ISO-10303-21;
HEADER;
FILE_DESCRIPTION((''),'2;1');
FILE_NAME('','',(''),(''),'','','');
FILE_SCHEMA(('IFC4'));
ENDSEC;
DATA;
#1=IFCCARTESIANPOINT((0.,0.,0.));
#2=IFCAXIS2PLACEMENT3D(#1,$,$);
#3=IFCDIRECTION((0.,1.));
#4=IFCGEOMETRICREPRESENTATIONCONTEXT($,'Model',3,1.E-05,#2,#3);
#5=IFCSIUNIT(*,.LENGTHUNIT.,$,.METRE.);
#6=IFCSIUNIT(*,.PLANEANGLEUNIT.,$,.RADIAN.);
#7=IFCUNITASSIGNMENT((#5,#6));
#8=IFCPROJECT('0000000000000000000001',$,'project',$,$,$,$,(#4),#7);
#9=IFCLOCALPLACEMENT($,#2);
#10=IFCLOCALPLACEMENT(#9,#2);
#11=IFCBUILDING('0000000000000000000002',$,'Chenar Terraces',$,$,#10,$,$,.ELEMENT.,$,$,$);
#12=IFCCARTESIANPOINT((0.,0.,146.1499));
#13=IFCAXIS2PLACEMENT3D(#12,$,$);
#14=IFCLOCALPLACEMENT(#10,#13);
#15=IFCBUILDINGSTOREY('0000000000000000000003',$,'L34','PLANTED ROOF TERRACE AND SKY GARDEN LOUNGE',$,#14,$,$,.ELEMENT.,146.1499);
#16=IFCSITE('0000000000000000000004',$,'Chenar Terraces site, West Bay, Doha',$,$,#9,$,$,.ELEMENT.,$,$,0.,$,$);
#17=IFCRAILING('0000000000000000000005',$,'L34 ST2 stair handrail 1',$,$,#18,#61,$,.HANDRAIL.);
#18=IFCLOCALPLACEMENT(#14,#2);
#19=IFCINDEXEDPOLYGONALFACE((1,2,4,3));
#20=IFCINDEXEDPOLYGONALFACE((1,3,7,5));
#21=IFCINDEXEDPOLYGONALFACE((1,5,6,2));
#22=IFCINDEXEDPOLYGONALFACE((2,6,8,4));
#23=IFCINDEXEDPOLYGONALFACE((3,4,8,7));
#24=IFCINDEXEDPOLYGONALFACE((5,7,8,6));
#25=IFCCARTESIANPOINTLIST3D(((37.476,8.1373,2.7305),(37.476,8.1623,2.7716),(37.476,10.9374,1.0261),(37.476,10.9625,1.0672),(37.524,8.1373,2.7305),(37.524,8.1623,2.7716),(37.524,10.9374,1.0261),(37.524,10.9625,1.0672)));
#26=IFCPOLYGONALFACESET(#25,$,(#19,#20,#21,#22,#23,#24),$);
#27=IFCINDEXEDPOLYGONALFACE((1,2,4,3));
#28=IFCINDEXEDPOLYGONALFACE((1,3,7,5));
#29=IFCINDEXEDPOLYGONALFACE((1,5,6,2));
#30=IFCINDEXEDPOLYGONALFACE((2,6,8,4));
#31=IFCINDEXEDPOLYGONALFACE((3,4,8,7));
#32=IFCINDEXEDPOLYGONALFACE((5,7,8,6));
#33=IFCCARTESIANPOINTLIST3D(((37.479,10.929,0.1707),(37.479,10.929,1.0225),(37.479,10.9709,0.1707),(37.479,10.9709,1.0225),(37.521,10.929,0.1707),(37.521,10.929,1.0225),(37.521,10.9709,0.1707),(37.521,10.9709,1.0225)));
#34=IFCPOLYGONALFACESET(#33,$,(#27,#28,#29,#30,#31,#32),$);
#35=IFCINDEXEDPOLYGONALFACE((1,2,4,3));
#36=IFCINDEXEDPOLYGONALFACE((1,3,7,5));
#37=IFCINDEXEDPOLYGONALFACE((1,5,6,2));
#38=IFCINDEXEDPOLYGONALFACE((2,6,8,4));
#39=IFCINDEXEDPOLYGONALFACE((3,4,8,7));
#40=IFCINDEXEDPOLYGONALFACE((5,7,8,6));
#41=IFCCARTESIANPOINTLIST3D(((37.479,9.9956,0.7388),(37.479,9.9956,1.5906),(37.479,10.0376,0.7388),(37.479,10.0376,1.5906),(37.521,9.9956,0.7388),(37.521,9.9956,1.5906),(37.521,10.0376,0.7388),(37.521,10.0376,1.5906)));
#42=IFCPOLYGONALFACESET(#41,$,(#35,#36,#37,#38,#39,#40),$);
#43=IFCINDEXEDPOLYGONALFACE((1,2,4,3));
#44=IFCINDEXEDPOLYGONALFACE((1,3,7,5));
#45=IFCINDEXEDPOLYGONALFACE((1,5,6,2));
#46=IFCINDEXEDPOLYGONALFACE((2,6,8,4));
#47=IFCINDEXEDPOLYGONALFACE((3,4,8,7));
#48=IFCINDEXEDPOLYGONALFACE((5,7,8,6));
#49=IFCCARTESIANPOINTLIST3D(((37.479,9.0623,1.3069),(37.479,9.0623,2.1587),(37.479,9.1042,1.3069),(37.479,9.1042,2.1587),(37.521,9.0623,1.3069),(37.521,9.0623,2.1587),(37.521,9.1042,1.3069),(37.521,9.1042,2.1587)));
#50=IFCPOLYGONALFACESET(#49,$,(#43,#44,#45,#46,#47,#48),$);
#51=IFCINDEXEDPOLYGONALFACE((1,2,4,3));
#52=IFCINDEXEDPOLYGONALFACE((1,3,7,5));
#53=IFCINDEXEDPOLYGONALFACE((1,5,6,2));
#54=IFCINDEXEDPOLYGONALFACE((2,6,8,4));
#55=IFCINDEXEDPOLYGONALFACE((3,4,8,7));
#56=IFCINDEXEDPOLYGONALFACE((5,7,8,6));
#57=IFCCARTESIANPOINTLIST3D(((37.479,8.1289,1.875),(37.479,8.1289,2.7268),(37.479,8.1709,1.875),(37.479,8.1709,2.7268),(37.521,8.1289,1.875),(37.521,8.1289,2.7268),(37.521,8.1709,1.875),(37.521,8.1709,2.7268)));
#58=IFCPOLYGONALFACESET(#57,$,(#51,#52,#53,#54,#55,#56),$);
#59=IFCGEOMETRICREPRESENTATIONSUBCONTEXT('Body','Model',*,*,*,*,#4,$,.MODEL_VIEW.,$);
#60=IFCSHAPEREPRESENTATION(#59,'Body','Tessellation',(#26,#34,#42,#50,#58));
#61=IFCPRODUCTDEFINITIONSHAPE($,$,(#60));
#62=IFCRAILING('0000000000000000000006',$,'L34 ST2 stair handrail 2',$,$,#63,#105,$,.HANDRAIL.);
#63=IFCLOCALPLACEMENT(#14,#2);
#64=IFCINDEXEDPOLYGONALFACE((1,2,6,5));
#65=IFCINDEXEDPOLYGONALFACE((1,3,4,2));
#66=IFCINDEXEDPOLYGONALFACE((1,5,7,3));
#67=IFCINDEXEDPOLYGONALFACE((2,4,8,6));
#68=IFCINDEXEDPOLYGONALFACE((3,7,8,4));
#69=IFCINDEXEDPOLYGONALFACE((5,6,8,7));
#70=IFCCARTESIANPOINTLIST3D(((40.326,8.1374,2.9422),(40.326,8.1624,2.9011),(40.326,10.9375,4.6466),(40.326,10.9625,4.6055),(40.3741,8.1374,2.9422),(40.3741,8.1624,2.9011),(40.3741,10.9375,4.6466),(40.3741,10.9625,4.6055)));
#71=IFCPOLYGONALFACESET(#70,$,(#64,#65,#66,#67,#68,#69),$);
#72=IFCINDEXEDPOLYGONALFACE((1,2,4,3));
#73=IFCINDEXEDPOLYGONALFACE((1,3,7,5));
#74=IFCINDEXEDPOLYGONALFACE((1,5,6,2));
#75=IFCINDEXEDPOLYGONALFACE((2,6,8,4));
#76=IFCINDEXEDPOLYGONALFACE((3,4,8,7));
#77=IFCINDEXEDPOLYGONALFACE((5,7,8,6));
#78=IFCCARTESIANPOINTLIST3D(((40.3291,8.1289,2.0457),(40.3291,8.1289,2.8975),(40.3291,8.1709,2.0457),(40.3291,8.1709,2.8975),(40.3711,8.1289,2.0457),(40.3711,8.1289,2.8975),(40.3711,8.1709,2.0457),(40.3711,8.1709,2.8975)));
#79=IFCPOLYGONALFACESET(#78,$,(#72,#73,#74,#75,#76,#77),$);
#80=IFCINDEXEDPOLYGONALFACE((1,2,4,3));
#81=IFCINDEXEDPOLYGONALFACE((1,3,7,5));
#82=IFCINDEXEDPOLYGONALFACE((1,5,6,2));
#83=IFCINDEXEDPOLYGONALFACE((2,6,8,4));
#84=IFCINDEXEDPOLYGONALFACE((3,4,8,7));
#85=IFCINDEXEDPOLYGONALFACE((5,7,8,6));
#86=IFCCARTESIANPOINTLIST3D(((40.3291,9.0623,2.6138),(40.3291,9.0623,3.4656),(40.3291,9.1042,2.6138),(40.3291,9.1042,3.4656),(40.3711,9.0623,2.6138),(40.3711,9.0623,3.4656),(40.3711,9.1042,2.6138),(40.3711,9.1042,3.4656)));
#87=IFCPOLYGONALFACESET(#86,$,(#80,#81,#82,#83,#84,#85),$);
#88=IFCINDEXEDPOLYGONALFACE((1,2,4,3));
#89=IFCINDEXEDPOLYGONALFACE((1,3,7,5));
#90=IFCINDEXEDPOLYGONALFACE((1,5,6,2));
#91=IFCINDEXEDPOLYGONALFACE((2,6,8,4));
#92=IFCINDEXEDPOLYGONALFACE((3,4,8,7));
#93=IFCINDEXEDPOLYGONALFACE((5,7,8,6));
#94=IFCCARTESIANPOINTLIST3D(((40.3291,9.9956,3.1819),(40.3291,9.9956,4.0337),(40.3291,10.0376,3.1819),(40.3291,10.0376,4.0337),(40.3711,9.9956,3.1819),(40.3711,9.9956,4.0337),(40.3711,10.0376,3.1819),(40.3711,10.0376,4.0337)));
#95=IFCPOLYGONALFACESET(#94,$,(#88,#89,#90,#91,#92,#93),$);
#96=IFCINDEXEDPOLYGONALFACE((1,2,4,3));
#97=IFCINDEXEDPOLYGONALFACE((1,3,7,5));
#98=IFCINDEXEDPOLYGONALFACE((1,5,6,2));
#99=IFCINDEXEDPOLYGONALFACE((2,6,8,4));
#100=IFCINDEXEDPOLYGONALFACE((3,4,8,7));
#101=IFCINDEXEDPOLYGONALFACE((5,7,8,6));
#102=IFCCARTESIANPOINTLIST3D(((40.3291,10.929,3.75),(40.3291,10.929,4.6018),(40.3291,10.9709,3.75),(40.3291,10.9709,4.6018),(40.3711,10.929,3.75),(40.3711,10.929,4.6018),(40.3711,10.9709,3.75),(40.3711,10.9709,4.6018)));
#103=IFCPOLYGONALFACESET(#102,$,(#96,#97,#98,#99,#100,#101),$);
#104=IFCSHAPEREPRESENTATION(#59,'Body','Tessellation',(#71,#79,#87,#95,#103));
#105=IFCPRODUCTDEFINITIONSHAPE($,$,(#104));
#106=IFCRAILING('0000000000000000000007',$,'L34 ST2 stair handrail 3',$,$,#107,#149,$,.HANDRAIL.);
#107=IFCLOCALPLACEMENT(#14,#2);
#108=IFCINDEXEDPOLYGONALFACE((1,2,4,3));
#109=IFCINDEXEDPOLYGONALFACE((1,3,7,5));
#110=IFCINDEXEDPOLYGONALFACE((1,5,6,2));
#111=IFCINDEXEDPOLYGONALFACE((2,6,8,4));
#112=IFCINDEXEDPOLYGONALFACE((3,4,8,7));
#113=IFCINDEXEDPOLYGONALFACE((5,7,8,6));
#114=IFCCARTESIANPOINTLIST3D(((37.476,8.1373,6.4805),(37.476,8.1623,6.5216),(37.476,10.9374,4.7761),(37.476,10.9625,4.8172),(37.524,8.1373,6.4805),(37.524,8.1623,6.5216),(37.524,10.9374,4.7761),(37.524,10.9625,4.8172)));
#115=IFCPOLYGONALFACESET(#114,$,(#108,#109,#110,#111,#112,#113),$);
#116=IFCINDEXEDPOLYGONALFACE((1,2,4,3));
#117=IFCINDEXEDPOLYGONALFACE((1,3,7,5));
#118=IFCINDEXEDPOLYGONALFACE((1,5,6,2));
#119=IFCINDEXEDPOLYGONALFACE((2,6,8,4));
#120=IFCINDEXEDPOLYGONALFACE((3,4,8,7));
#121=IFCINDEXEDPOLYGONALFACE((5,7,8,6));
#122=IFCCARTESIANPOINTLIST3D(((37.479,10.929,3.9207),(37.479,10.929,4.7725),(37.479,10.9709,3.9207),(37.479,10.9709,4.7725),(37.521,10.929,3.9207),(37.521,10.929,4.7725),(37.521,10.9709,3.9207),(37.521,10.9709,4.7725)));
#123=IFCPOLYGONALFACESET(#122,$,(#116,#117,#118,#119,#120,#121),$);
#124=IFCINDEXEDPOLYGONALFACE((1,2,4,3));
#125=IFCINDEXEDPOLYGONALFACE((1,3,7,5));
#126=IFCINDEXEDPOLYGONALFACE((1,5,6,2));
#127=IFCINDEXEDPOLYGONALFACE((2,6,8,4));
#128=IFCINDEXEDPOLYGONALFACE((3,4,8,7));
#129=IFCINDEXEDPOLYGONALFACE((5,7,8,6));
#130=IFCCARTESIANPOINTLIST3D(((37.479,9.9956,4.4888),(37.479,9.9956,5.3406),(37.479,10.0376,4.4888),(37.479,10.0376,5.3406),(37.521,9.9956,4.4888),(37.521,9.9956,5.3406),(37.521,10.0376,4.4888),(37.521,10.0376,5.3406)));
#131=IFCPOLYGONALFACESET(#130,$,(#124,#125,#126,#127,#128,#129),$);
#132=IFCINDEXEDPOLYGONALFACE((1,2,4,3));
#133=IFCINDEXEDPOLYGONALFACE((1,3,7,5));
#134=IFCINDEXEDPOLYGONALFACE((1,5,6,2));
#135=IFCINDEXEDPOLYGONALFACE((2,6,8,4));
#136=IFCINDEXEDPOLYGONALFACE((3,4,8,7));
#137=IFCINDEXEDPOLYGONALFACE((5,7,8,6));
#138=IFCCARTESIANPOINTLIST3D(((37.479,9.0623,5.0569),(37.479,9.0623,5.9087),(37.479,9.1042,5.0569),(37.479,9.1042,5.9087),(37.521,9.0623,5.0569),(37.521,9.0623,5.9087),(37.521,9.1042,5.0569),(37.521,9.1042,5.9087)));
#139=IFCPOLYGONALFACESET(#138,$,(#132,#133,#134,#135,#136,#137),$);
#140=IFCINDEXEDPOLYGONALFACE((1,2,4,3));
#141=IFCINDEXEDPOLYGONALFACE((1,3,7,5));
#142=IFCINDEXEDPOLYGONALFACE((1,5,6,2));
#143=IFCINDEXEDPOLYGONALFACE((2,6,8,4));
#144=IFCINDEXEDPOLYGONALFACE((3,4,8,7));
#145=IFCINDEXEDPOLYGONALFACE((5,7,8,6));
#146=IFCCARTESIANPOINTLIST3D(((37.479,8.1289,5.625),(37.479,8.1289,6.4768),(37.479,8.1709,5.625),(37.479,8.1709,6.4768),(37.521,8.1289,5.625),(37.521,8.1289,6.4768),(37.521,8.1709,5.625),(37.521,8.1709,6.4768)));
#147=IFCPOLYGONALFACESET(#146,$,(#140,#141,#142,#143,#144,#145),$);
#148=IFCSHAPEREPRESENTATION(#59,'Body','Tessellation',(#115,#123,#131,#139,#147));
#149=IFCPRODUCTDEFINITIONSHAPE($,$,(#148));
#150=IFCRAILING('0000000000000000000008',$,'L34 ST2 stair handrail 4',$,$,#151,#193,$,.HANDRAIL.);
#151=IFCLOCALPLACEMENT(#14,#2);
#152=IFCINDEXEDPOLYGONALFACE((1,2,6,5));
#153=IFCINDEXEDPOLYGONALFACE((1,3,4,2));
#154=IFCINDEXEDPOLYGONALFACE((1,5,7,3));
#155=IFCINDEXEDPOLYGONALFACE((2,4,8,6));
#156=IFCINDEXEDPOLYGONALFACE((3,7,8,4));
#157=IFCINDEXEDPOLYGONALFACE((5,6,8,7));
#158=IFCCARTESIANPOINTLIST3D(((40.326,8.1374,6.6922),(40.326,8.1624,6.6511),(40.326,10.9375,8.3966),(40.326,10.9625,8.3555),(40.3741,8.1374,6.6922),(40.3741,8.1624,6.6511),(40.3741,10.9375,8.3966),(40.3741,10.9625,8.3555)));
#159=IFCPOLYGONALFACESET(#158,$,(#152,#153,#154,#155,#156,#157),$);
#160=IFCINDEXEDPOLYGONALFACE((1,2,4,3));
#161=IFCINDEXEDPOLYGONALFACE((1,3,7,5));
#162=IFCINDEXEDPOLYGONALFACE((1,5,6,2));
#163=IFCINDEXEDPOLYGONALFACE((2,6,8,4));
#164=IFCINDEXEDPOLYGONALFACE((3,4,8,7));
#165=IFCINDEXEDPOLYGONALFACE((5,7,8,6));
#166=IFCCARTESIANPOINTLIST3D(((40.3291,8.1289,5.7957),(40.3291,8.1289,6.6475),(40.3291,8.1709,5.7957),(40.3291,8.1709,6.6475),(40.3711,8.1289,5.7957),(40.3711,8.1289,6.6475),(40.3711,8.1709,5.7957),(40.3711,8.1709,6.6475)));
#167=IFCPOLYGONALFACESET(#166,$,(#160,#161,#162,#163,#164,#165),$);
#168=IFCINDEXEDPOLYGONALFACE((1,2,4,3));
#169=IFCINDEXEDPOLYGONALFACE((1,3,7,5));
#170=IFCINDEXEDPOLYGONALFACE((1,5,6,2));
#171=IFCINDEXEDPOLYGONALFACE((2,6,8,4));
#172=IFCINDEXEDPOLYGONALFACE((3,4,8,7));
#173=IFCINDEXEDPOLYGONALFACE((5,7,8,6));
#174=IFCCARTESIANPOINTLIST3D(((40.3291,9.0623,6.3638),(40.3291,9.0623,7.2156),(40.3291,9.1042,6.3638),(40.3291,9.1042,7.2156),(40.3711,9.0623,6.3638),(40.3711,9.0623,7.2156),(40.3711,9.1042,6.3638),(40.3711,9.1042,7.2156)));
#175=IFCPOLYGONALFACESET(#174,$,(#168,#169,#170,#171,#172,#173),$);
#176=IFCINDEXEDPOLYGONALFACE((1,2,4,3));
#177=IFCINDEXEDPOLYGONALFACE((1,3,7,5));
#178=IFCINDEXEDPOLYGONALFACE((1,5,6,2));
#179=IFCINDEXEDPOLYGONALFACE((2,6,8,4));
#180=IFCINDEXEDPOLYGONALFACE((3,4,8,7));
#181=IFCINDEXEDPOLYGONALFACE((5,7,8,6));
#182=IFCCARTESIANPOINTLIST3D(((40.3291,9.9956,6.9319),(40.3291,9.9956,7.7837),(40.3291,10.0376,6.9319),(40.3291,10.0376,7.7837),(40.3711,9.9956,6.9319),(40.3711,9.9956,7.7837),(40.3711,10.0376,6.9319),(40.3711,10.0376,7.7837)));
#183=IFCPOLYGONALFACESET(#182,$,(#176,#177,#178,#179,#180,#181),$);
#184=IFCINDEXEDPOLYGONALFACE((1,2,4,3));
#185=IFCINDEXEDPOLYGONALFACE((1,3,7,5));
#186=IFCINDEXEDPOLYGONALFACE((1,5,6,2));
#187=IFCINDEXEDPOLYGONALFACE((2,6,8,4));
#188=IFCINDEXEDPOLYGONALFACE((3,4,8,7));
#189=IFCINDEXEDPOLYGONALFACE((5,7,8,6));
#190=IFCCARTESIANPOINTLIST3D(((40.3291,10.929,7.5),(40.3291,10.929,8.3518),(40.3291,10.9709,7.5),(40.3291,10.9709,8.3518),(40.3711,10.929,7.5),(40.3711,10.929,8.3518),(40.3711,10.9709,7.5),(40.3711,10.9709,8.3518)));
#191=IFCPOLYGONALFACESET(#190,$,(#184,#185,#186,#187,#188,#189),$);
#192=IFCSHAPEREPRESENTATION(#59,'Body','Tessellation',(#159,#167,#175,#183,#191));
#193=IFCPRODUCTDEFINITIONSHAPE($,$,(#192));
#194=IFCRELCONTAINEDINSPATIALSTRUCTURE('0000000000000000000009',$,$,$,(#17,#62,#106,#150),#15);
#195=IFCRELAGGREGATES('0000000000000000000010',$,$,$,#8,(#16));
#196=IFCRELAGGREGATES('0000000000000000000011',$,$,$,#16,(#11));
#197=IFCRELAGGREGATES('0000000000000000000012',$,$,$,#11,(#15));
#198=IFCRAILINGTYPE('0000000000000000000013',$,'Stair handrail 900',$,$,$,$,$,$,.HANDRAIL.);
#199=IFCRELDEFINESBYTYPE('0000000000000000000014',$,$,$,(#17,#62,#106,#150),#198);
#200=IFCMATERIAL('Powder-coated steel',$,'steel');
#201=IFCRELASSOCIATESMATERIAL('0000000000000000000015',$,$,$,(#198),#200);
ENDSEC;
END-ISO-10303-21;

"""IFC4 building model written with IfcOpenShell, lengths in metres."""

from ifc_helpers import new_model, si_unit, direction, frame, origin, origin_2d, place, context, subcontext, project, spatial, rectangle, extrude, material, type_object, element, save


model = new_model("IFC4")

# Units and contexts
model_context = context("Model", 3, precision=1e-05, world=origin(), true_north=direction((0.0, 1.0)))
body_context = subcontext(model_context, "Body", "Model", "MODEL_VIEW")
ifc_project = project(units=[si_unit("LENGTHUNIT", "METRE"), si_unit("PLANEANGLEUNIT", "RADIAN")], contexts=[model_context])

# Site, building, storey
site_placement = place(None, origin())
site = spatial("IfcSite", under=ifc_project, at=site_placement, Name="Chenar Terraces site, West Bay, Doha", CompositionType="ELEMENT", RefElevation=0.0)
building_placement = place(site_placement, origin())
building = spatial("IfcBuilding", under=site, at=building_placement, Name="Chenar Terraces", CompositionType="ELEMENT")
storey_placement = place(building_placement, frame((0.0, 0.0, 146.1499)))
storey = spatial("IfcBuildingStorey", under=building, at=storey_placement, Name="L34", Description="PLANTED ROOF TERRACE AND SKY GARDEN LOUNGE", CompositionType="ELEMENT", Elevation=146.1499)

# Railings
ifc_material_1 = material(Name="Powder-coated steel", Category="steel")
railing_type_1 = type_object("IfcRailingType", Name="Stair handrail 900", PredefinedType="HANDRAIL", material=ifc_material_1)
railing_1_placement = place(storey_placement, frame((37.5, 10.95, 0.1707)))
element("IfcRailing", 1, at=railing_1_placement, inside=storey, type_object=railing_type_1, Name="L34 ST2 stair handrail 1", PredefinedType="HANDRAIL", context=body_context, shape_type="SweptSolid", body=[
    extrude(rectangle(XDim=0.0481, YDim=0.0481, at=origin_2d()), frame((0.0, 0.0, 0.876), z_axis=(0.0, -0.854203, 0.51994), x_axis=(1.0, 0.0, 0.0)), (0.0, 0.0, 1.0), 3.2781),
    extrude(rectangle(XDim=0.042, YDim=0.042, at=origin_2d()), origin(), (0.0, 0.0, 1.0), 0.8518),
    extrude(rectangle(XDim=0.042, YDim=0.042, at=origin_2d()), frame((0.0, -0.9333, 0.5681)), (0.0, 0.0, 1.0), 0.8518),
    extrude(rectangle(XDim=0.042, YDim=0.042, at=origin_2d()), frame((0.0, -1.8667, 1.1362)), (0.0, 0.0, 1.0), 0.8518),
    extrude(rectangle(XDim=0.042, YDim=0.042, at=origin_2d()), frame((0.0, -2.8, 1.7043)), (0.0, 0.0, 1.0), 0.8518),
])
railing_2_placement = place(storey_placement, frame((40.3501, 8.1499, 2.0457)))
element("IfcRailing", 2, at=railing_2_placement, inside=storey, type_object=railing_type_1, Name="L34 ST2 stair handrail 2", PredefinedType="HANDRAIL", context=body_context, shape_type="SweptSolid", body=[
    extrude(rectangle(XDim=0.0481, YDim=0.0481, at=origin_2d()), frame((0.0, 0.0, 0.876), z_axis=(0.0, 0.854203, 0.51994), x_axis=(-1.0, 0.0, 0.0)), (0.0, 0.0, 1.0), 3.2781),
    extrude(rectangle(XDim=0.042, YDim=0.042, at=origin_2d()), origin(), (0.0, 0.0, 1.0), 0.8518),
    extrude(rectangle(XDim=0.042, YDim=0.042, at=origin_2d()), frame((0.0, 0.9333, 0.5681)), (0.0, 0.0, 1.0), 0.8518),
    extrude(rectangle(XDim=0.042, YDim=0.042, at=origin_2d()), frame((0.0, 1.8667, 1.1362)), (0.0, 0.0, 1.0), 0.8518),
    extrude(rectangle(XDim=0.042, YDim=0.042, at=origin_2d()), frame((0.0, 2.8, 1.7043)), (0.0, 0.0, 1.0), 0.8518),
])
railing_3_placement = place(storey_placement, frame((37.5, 10.95, 3.9207)))
element("IfcRailing", 3, at=railing_3_placement, inside=storey, type_object=railing_type_1, Name="L34 ST2 stair handrail 3", PredefinedType="HANDRAIL", context=body_context, shape_type="SweptSolid", body=[
    extrude(rectangle(XDim=0.0481, YDim=0.0481, at=origin_2d()), frame((0.0, 0.0, 0.876), z_axis=(0.0, -0.854203, 0.51994), x_axis=(1.0, 0.0, 0.0)), (0.0, 0.0, 1.0), 3.2781),
    extrude(rectangle(XDim=0.042, YDim=0.042, at=origin_2d()), origin(), (0.0, 0.0, 1.0), 0.8518),
    extrude(rectangle(XDim=0.042, YDim=0.042, at=origin_2d()), frame((0.0, -0.9333, 0.5681)), (0.0, 0.0, 1.0), 0.8518),
    extrude(rectangle(XDim=0.042, YDim=0.042, at=origin_2d()), frame((0.0, -1.8667, 1.1362)), (0.0, 0.0, 1.0), 0.8518),
    extrude(rectangle(XDim=0.042, YDim=0.042, at=origin_2d()), frame((0.0, -2.8, 1.7043)), (0.0, 0.0, 1.0), 0.8518),
])
railing_4_placement = place(storey_placement, frame((40.3501, 8.1499, 5.7957)))
element("IfcRailing", 4, at=railing_4_placement, inside=storey, type_object=railing_type_1, Name="L34 ST2 stair handrail 4", PredefinedType="HANDRAIL", context=body_context, shape_type="SweptSolid", body=[
    extrude(rectangle(XDim=0.0481, YDim=0.0481, at=origin_2d()), frame((0.0, 0.0, 0.876), z_axis=(0.0, 0.854203, 0.51994), x_axis=(-1.0, 0.0, 0.0)), (0.0, 0.0, 1.0), 3.2781),
    extrude(rectangle(XDim=0.042, YDim=0.042, at=origin_2d()), origin(), (0.0, 0.0, 1.0), 0.8518),
    extrude(rectangle(XDim=0.042, YDim=0.042, at=origin_2d()), frame((0.0, 0.9333, 0.5681)), (0.0, 0.0, 1.0), 0.8518),
    extrude(rectangle(XDim=0.042, YDim=0.042, at=origin_2d()), frame((0.0, 1.8667, 1.1362)), (0.0, 0.0, 1.0), 0.8518),
    extrude(rectangle(XDim=0.042, YDim=0.042, at=origin_2d()), frame((0.0, 2.8, 1.7043)), (0.0, 0.0, 1.0), 0.8518),
])

save(model, "model.ifc")
